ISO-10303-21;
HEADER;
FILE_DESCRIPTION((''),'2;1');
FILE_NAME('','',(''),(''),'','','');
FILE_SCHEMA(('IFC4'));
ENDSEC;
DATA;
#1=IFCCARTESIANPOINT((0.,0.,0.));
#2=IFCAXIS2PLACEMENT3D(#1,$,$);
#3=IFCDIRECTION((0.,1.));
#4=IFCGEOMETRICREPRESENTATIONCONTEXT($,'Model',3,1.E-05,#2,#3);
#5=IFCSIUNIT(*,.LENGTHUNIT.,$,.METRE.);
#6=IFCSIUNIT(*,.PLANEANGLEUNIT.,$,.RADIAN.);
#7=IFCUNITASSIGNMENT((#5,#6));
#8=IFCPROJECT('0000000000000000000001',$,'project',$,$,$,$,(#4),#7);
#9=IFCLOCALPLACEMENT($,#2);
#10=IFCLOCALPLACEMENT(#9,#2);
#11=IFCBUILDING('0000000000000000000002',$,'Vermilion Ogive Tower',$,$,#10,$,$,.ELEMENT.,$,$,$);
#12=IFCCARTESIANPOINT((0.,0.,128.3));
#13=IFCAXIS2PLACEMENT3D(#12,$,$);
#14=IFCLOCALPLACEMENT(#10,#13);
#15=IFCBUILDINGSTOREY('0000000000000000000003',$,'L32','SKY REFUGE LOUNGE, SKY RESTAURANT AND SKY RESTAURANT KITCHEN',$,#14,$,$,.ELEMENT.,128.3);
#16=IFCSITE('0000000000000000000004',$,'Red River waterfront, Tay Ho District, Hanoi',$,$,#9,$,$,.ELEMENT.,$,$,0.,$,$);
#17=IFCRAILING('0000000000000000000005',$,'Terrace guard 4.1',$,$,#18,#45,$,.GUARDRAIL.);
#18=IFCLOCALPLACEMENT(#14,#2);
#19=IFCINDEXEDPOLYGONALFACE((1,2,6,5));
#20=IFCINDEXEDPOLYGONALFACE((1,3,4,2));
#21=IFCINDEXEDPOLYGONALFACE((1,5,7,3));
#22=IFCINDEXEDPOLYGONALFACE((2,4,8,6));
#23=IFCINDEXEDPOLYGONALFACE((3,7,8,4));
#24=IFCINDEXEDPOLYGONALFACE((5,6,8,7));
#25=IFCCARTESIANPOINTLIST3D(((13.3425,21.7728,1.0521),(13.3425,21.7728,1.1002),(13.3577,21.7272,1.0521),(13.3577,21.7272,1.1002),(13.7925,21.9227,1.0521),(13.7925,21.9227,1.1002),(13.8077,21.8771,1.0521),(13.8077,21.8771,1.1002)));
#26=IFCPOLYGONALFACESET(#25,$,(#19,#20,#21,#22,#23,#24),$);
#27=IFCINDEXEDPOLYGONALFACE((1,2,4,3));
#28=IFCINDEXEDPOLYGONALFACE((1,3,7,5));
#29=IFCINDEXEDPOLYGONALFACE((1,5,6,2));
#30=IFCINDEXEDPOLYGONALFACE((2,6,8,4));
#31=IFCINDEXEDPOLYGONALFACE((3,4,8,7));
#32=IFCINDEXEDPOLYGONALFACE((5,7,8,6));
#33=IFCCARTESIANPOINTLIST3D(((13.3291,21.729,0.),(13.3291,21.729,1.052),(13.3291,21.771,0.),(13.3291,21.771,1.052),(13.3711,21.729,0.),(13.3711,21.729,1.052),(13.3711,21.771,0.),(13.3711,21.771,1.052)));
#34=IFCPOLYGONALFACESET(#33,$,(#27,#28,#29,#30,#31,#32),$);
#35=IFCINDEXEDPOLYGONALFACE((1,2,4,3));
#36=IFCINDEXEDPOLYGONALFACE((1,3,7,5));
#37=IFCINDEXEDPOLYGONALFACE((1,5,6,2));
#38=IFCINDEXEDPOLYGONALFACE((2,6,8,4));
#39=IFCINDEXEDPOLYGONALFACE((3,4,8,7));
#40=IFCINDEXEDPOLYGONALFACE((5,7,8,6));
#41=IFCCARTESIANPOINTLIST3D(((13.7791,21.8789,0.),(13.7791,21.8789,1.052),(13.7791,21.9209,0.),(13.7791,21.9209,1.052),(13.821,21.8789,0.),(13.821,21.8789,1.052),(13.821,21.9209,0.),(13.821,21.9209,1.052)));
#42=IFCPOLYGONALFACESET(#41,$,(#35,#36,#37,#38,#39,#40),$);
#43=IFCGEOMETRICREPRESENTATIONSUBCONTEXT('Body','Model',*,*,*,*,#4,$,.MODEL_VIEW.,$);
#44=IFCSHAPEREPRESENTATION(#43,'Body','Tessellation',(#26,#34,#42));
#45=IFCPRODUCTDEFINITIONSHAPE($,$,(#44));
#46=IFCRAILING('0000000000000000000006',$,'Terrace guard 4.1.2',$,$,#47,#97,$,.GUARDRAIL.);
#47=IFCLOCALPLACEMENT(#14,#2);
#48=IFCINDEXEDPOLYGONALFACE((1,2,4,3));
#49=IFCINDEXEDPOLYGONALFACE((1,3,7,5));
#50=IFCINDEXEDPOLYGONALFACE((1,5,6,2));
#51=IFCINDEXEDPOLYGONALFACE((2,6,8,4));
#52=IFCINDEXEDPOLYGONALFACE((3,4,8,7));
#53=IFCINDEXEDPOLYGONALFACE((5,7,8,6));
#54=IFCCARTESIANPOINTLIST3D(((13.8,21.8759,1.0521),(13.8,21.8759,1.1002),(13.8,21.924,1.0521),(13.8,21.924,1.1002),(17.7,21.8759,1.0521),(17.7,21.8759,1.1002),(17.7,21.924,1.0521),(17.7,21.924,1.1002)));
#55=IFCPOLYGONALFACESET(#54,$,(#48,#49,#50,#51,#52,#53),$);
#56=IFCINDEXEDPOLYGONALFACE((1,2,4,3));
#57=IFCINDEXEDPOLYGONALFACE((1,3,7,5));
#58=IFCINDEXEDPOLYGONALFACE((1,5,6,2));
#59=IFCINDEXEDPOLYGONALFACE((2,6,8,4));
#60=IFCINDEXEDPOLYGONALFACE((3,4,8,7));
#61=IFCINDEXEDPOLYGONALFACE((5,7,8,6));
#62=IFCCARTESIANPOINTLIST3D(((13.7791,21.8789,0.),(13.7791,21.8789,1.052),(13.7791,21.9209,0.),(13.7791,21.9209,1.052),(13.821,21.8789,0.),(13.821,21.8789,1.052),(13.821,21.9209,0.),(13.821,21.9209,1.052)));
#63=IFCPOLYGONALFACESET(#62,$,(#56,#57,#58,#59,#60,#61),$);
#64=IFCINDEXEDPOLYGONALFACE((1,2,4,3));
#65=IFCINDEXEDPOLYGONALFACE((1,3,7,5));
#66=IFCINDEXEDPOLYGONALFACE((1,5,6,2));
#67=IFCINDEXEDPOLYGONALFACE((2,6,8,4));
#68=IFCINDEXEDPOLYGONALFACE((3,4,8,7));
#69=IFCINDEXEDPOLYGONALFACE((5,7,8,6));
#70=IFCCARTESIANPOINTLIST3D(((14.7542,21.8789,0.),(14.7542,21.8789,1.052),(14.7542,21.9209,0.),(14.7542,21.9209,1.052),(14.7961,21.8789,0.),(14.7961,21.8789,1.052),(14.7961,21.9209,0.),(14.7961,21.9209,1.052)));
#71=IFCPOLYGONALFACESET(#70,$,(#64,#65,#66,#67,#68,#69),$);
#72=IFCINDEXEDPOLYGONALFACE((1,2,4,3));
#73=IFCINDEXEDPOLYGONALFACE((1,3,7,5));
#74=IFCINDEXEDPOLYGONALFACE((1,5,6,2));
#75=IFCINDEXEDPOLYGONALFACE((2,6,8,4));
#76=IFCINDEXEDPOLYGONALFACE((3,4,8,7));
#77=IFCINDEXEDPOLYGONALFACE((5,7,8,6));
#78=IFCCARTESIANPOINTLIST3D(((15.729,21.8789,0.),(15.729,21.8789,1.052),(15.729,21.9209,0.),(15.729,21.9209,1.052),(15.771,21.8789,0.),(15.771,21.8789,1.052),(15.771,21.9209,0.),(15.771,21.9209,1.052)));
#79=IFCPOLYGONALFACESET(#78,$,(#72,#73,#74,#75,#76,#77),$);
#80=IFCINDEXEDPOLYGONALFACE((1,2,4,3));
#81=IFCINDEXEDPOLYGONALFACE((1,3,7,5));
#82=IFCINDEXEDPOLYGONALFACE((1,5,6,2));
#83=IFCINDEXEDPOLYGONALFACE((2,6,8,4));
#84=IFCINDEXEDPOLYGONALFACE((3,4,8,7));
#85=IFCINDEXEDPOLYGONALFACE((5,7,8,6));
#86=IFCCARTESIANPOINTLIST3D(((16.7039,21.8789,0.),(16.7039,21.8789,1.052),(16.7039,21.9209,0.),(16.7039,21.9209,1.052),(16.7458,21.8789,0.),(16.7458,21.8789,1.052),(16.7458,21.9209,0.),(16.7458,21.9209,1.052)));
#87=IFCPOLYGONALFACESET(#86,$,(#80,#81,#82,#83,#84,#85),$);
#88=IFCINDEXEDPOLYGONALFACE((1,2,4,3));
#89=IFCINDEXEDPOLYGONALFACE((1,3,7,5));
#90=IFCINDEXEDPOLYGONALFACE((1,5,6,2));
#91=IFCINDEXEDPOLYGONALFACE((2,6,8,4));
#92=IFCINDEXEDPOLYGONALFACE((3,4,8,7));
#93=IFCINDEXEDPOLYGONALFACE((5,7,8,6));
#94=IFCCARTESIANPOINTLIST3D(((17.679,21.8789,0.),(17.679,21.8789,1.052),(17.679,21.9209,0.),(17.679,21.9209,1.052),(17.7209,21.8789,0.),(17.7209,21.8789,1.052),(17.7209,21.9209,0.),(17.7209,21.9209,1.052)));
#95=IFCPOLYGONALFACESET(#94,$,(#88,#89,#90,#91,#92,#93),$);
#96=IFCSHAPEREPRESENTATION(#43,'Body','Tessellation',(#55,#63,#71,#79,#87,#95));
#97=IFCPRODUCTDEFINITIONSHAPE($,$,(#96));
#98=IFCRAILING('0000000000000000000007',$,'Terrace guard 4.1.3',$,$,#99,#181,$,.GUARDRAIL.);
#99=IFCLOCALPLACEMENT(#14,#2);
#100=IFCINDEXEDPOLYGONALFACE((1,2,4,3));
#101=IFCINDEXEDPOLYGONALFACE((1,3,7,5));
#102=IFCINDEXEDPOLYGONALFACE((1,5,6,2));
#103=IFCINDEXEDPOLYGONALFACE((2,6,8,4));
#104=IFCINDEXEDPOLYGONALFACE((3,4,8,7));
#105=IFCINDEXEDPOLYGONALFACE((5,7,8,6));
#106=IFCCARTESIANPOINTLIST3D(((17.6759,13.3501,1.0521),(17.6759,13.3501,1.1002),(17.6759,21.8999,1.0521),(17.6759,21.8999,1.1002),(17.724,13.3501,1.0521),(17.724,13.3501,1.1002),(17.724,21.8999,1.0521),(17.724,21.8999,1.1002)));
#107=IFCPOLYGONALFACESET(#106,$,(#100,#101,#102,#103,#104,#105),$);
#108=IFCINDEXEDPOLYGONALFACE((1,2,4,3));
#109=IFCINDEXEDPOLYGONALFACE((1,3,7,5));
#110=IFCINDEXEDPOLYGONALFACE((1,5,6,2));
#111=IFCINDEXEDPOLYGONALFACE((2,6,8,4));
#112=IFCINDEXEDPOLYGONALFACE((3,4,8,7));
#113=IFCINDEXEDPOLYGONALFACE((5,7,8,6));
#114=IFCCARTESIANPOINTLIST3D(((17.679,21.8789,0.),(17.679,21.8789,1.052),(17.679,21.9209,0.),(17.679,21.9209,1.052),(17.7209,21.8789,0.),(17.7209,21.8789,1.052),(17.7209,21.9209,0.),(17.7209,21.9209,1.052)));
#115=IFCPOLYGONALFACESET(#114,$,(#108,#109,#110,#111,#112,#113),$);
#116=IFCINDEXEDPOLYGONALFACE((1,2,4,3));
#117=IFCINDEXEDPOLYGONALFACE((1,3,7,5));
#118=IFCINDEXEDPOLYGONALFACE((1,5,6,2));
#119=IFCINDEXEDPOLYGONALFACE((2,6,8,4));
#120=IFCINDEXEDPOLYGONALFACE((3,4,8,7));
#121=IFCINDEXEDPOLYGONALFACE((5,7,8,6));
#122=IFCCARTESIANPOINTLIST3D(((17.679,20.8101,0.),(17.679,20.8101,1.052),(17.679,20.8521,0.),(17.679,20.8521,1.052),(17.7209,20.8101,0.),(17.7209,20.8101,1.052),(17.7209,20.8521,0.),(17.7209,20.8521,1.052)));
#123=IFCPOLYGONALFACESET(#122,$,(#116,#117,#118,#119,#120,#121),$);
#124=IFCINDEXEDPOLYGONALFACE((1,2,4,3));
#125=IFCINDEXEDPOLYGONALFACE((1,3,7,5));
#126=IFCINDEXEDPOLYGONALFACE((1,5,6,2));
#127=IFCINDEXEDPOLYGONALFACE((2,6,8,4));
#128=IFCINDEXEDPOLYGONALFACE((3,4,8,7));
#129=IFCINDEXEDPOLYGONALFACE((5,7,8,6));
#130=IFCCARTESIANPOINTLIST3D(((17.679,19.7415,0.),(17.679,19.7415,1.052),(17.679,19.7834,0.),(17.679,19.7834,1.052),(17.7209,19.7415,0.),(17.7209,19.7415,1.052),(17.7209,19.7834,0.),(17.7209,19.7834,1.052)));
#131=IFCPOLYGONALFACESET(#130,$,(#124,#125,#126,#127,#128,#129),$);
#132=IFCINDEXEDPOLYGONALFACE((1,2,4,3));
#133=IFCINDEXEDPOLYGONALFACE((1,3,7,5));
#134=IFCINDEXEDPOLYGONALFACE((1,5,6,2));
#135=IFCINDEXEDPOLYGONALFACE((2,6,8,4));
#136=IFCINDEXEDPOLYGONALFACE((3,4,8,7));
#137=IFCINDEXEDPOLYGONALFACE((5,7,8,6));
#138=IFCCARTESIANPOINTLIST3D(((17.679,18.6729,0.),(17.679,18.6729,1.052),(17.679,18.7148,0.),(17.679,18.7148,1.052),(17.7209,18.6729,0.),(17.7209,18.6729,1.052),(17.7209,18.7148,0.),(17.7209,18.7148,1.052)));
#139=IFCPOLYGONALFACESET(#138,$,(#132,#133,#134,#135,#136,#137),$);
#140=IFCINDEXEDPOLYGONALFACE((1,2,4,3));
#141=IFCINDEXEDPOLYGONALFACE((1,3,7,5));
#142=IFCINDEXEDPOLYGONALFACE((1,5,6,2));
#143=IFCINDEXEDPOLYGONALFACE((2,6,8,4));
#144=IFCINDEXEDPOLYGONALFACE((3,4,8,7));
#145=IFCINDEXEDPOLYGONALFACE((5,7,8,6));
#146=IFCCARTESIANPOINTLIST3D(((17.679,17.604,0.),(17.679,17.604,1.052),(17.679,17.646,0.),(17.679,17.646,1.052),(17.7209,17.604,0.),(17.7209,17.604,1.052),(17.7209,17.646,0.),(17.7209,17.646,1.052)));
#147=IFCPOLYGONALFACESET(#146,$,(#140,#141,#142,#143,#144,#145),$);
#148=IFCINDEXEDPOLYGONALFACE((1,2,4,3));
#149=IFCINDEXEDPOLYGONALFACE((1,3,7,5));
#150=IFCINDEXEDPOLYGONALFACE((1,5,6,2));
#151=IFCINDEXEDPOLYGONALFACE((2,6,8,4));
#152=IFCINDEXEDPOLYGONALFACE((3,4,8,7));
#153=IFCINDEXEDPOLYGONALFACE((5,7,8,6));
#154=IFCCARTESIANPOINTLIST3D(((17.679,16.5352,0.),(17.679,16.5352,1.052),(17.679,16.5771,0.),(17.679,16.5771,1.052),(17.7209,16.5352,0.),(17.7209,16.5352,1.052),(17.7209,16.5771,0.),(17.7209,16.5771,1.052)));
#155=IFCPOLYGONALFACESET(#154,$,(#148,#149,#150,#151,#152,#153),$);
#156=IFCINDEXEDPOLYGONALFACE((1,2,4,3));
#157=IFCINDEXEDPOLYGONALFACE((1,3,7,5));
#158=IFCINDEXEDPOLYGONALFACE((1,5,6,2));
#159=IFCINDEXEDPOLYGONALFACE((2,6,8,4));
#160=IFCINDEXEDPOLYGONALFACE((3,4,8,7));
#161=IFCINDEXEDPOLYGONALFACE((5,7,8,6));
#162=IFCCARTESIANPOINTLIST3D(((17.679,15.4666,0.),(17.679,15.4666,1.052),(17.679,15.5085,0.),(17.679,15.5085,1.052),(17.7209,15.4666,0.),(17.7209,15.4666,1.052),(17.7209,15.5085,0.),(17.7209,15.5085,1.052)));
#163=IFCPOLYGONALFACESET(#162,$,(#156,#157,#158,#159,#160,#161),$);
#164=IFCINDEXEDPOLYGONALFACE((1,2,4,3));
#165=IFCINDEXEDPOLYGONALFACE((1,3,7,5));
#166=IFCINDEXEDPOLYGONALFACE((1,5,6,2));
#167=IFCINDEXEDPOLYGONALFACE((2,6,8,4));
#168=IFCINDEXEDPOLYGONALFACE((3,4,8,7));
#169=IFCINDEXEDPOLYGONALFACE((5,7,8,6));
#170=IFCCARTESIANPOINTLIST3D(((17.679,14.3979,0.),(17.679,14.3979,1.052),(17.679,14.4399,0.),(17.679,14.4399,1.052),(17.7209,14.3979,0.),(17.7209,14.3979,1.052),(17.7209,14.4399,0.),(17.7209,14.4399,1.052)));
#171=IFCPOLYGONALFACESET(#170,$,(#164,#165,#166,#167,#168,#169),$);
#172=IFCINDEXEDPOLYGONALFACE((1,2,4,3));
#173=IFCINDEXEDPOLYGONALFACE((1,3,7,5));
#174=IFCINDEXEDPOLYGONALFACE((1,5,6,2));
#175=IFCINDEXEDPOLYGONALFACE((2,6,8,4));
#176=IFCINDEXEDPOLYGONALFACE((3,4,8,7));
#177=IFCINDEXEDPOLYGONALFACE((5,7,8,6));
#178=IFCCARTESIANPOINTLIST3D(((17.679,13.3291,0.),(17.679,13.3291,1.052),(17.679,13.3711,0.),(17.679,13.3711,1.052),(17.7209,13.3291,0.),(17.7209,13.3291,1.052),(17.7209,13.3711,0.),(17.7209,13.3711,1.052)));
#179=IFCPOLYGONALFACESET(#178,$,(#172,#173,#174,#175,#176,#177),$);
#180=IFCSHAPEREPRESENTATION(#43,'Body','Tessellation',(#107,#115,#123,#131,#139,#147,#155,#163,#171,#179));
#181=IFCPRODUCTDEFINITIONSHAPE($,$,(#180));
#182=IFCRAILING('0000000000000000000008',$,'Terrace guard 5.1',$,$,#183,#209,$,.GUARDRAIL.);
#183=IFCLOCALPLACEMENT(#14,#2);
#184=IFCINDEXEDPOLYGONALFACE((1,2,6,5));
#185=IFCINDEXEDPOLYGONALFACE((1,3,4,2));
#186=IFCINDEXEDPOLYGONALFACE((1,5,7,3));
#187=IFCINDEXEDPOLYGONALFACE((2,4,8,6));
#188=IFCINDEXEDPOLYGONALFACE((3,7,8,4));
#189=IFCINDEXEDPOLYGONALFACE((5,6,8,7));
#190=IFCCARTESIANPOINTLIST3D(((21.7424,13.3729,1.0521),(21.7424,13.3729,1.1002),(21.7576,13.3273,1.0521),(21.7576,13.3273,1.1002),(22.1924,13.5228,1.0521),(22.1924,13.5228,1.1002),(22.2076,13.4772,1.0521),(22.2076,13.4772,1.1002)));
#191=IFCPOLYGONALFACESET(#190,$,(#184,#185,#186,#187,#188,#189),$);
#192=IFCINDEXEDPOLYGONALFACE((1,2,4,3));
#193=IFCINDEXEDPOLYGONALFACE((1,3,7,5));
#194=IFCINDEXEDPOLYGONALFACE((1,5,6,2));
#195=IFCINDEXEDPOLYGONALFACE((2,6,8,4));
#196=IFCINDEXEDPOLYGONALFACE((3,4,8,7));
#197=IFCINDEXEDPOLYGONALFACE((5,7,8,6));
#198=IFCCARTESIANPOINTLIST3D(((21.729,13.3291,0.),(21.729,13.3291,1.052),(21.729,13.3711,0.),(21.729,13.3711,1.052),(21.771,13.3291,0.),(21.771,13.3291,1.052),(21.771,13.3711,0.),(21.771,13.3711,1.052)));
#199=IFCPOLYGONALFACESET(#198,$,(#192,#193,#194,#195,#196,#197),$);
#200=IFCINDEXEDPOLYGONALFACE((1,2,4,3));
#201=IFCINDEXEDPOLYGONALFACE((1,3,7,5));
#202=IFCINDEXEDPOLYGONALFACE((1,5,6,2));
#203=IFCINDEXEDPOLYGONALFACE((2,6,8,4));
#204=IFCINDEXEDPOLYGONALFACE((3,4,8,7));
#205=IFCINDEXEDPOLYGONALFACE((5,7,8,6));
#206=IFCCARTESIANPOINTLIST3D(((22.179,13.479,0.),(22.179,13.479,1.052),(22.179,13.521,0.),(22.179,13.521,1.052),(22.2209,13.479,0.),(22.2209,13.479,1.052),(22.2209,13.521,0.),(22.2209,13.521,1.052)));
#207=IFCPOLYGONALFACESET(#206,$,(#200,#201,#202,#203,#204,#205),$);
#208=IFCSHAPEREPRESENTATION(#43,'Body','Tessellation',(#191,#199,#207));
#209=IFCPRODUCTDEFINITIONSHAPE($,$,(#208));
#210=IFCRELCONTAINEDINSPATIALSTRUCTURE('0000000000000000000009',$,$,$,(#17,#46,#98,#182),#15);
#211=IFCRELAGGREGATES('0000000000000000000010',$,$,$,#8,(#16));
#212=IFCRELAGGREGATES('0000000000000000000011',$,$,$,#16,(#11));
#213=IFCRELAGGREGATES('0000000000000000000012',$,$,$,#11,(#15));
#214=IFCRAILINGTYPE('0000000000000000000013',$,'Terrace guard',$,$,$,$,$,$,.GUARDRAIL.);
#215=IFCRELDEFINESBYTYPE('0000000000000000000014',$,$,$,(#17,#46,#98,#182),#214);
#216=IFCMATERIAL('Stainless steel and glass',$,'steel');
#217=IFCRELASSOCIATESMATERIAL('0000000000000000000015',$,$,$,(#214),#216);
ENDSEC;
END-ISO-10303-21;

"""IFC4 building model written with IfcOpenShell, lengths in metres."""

from ifc_helpers import new_model, si_unit, direction, frame, origin, origin_2d, place, context, subcontext, project, spatial, rectangle, extrude, material, type_object, element, save


model = new_model("IFC4")

# Units and contexts
model_context = context("Model", 3, precision=1e-05, world=origin(), true_north=direction((0.0, 1.0)))
body_context = subcontext(model_context, "Body", "Model", "MODEL_VIEW")
ifc_project = project(units=[si_unit("LENGTHUNIT", "METRE"), si_unit("PLANEANGLEUNIT", "RADIAN")], contexts=[model_context])

# Site, building, storey
site_placement = place(None, origin())
site = spatial("IfcSite", under=ifc_project, at=site_placement, Name="Red River waterfront, Tay Ho District, Hanoi", CompositionType="ELEMENT", RefElevation=0.0)
building_placement = place(site_placement, origin())
building = spatial("IfcBuilding", under=site, at=building_placement, Name="Vermilion Ogive Tower", CompositionType="ELEMENT")
storey_placement = place(building_placement, frame((0.0, 0.0, 128.3)))
storey = spatial("IfcBuildingStorey", under=building, at=storey_placement, Name="L32", Description="SKY REFUGE LOUNGE, SKY RESTAURANT AND SKY RESTAURANT KITCHEN", CompositionType="ELEMENT", Elevation=128.3)

# Railings
ifc_material_1 = material(Name="Stainless steel and glass", Category="steel")
railing_type = type_object("IfcRailingType", Name="Terrace guard", PredefinedType="GUARDRAIL", material=ifc_material_1)
railing_1_placement = place(storey_placement, frame((13.3501, 21.75, 0.0)))
element("IfcRailing", 1, at=railing_1_placement, inside=storey, type_object=railing_type, Name="Terrace guard 4.1", PredefinedType="GUARDRAIL", context=body_context, shape_type="SweptSolid", body=[
    extrude(rectangle(XDim=0.0481, YDim=0.0481, at=origin_2d()), frame((0.0, 0.0, 1.0762), z_axis=(0.948735, 0.316073, 0.0), x_axis=(-0.316073, 0.948735, 0.0)), (0.0, 0.0, 1.0), 0.4744),
    extrude(rectangle(XDim=0.042, YDim=0.042, at=origin_2d()), origin(), (0.0, 0.0, 1.0), 1.052),
    extrude(rectangle(XDim=0.042, YDim=0.042, at=origin_2d()), frame((0.45, 0.1499, 0.0)), (0.0, 0.0, 1.0), 1.052),
])
railing_2_placement = place(storey_placement, frame((13.8, 21.8999, 0.0)))
element("IfcRailing", 2, at=railing_2_placement, inside=storey, type_object=railing_type, Name="Terrace guard 4.1.2", PredefinedType="GUARDRAIL", context=body_context, shape_type="SweptSolid", body=[
    extrude(rectangle(XDim=0.0481, YDim=0.0481, at=origin_2d()), frame((0.0, 0.0, 1.0762), z_axis=(1.0, 0.0, 0.0), x_axis=(0.0, 1.0, 0.0)), (0.0, 0.0, 1.0), 3.8999),
    extrude(rectangle(XDim=0.042, YDim=0.042, at=origin_2d()), origin(), (0.0, 0.0, 1.0), 1.052),
    extrude(rectangle(XDim=0.042, YDim=0.042, at=origin_2d()), frame((0.9751, 0.0, 0.0)), (0.0, 0.0, 1.0), 1.052),
    extrude(rectangle(XDim=0.042, YDim=0.042, at=origin_2d()), frame((1.95, 0.0, 0.0)), (0.0, 0.0, 1.0), 1.052),
    extrude(rectangle(XDim=0.042, YDim=0.042, at=origin_2d()), frame((2.9248, 0.0, 0.0)), (0.0, 0.0, 1.0), 1.052),
    extrude(rectangle(XDim=0.042, YDim=0.042, at=origin_2d()), frame((3.8999, 0.0, 0.0)), (0.0, 0.0, 1.0), 1.052),
])
railing_3_placement = place(storey_placement, frame((17.7, 21.8999, 0.0)))
element("IfcRailing", 3, at=railing_3_placement, inside=storey, type_object=railing_type, Name="Terrace guard 4.1.3", PredefinedType="GUARDRAIL", context=body_context, shape_type="SweptSolid", body=[
    extrude(rectangle(XDim=0.0481, YDim=0.0481, at=origin_2d()), frame((0.0, 0.0, 1.0762), z_axis=(0.0, -1.0, 0.0), x_axis=(1.0, 0.0, 0.0)), (0.0, 0.0, 1.0), 8.5498),
    extrude(rectangle(XDim=0.042, YDim=0.042, at=origin_2d()), origin(), (0.0, 0.0, 1.0), 1.052),
    extrude(rectangle(XDim=0.042, YDim=0.042, at=origin_2d()), frame((0.0, -1.0688, 0.0)), (0.0, 0.0, 1.0), 1.052),
    extrude(rectangle(XDim=0.042, YDim=0.042, at=origin_2d()), frame((0.0, -2.1375, 0.0)), (0.0, 0.0, 1.0), 1.052),
    extrude(rectangle(XDim=0.042, YDim=0.042, at=origin_2d()), frame((0.0, -3.2061, 0.0)), (0.0, 0.0, 1.0), 1.052),
    extrude(rectangle(XDim=0.042, YDim=0.042, at=origin_2d()), frame((0.0, -4.2749, 0.0)), (0.0, 0.0, 1.0), 1.052),
    extrude(rectangle(XDim=0.042, YDim=0.042, at=origin_2d()), frame((0.0, -5.3438, 0.0)), (0.0, 0.0, 1.0), 1.052),
    extrude(rectangle(XDim=0.042, YDim=0.042, at=origin_2d()), frame((0.0, -6.4124, 0.0)), (0.0, 0.0, 1.0), 1.052),
    extrude(rectangle(XDim=0.042, YDim=0.042, at=origin_2d()), frame((0.0, -7.481, 0.0)), (0.0, 0.0, 1.0), 1.052),
    extrude(rectangle(XDim=0.042, YDim=0.042, at=origin_2d()), frame((0.0, -8.5498, 0.0)), (0.0, 0.0, 1.0), 1.052),
])
railing_4_placement = place(storey_placement, frame((21.75, 13.3501, 0.0)))
element("IfcRailing", 4, at=railing_4_placement, inside=storey, type_object=railing_type, Name="Terrace guard 5.1", PredefinedType="GUARDRAIL", context=body_context, shape_type="SweptSolid", body=[
    extrude(rectangle(XDim=0.0481, YDim=0.0481, at=origin_2d()), frame((0.0, 0.0, 1.0762), z_axis=(0.948735, 0.316073, 0.0), x_axis=(-0.316073, 0.948735, 0.0)), (0.0, 0.0, 1.0), 0.4744),
    extrude(rectangle(XDim=0.042, YDim=0.042, at=origin_2d()), origin(), (0.0, 0.0, 1.0), 1.052),
    extrude(rectangle(XDim=0.042, YDim=0.042, at=origin_2d()), frame((0.45, 0.1499, 0.0)), (0.0, 0.0, 1.0), 1.052),
])

save(model, "model.ifc")
